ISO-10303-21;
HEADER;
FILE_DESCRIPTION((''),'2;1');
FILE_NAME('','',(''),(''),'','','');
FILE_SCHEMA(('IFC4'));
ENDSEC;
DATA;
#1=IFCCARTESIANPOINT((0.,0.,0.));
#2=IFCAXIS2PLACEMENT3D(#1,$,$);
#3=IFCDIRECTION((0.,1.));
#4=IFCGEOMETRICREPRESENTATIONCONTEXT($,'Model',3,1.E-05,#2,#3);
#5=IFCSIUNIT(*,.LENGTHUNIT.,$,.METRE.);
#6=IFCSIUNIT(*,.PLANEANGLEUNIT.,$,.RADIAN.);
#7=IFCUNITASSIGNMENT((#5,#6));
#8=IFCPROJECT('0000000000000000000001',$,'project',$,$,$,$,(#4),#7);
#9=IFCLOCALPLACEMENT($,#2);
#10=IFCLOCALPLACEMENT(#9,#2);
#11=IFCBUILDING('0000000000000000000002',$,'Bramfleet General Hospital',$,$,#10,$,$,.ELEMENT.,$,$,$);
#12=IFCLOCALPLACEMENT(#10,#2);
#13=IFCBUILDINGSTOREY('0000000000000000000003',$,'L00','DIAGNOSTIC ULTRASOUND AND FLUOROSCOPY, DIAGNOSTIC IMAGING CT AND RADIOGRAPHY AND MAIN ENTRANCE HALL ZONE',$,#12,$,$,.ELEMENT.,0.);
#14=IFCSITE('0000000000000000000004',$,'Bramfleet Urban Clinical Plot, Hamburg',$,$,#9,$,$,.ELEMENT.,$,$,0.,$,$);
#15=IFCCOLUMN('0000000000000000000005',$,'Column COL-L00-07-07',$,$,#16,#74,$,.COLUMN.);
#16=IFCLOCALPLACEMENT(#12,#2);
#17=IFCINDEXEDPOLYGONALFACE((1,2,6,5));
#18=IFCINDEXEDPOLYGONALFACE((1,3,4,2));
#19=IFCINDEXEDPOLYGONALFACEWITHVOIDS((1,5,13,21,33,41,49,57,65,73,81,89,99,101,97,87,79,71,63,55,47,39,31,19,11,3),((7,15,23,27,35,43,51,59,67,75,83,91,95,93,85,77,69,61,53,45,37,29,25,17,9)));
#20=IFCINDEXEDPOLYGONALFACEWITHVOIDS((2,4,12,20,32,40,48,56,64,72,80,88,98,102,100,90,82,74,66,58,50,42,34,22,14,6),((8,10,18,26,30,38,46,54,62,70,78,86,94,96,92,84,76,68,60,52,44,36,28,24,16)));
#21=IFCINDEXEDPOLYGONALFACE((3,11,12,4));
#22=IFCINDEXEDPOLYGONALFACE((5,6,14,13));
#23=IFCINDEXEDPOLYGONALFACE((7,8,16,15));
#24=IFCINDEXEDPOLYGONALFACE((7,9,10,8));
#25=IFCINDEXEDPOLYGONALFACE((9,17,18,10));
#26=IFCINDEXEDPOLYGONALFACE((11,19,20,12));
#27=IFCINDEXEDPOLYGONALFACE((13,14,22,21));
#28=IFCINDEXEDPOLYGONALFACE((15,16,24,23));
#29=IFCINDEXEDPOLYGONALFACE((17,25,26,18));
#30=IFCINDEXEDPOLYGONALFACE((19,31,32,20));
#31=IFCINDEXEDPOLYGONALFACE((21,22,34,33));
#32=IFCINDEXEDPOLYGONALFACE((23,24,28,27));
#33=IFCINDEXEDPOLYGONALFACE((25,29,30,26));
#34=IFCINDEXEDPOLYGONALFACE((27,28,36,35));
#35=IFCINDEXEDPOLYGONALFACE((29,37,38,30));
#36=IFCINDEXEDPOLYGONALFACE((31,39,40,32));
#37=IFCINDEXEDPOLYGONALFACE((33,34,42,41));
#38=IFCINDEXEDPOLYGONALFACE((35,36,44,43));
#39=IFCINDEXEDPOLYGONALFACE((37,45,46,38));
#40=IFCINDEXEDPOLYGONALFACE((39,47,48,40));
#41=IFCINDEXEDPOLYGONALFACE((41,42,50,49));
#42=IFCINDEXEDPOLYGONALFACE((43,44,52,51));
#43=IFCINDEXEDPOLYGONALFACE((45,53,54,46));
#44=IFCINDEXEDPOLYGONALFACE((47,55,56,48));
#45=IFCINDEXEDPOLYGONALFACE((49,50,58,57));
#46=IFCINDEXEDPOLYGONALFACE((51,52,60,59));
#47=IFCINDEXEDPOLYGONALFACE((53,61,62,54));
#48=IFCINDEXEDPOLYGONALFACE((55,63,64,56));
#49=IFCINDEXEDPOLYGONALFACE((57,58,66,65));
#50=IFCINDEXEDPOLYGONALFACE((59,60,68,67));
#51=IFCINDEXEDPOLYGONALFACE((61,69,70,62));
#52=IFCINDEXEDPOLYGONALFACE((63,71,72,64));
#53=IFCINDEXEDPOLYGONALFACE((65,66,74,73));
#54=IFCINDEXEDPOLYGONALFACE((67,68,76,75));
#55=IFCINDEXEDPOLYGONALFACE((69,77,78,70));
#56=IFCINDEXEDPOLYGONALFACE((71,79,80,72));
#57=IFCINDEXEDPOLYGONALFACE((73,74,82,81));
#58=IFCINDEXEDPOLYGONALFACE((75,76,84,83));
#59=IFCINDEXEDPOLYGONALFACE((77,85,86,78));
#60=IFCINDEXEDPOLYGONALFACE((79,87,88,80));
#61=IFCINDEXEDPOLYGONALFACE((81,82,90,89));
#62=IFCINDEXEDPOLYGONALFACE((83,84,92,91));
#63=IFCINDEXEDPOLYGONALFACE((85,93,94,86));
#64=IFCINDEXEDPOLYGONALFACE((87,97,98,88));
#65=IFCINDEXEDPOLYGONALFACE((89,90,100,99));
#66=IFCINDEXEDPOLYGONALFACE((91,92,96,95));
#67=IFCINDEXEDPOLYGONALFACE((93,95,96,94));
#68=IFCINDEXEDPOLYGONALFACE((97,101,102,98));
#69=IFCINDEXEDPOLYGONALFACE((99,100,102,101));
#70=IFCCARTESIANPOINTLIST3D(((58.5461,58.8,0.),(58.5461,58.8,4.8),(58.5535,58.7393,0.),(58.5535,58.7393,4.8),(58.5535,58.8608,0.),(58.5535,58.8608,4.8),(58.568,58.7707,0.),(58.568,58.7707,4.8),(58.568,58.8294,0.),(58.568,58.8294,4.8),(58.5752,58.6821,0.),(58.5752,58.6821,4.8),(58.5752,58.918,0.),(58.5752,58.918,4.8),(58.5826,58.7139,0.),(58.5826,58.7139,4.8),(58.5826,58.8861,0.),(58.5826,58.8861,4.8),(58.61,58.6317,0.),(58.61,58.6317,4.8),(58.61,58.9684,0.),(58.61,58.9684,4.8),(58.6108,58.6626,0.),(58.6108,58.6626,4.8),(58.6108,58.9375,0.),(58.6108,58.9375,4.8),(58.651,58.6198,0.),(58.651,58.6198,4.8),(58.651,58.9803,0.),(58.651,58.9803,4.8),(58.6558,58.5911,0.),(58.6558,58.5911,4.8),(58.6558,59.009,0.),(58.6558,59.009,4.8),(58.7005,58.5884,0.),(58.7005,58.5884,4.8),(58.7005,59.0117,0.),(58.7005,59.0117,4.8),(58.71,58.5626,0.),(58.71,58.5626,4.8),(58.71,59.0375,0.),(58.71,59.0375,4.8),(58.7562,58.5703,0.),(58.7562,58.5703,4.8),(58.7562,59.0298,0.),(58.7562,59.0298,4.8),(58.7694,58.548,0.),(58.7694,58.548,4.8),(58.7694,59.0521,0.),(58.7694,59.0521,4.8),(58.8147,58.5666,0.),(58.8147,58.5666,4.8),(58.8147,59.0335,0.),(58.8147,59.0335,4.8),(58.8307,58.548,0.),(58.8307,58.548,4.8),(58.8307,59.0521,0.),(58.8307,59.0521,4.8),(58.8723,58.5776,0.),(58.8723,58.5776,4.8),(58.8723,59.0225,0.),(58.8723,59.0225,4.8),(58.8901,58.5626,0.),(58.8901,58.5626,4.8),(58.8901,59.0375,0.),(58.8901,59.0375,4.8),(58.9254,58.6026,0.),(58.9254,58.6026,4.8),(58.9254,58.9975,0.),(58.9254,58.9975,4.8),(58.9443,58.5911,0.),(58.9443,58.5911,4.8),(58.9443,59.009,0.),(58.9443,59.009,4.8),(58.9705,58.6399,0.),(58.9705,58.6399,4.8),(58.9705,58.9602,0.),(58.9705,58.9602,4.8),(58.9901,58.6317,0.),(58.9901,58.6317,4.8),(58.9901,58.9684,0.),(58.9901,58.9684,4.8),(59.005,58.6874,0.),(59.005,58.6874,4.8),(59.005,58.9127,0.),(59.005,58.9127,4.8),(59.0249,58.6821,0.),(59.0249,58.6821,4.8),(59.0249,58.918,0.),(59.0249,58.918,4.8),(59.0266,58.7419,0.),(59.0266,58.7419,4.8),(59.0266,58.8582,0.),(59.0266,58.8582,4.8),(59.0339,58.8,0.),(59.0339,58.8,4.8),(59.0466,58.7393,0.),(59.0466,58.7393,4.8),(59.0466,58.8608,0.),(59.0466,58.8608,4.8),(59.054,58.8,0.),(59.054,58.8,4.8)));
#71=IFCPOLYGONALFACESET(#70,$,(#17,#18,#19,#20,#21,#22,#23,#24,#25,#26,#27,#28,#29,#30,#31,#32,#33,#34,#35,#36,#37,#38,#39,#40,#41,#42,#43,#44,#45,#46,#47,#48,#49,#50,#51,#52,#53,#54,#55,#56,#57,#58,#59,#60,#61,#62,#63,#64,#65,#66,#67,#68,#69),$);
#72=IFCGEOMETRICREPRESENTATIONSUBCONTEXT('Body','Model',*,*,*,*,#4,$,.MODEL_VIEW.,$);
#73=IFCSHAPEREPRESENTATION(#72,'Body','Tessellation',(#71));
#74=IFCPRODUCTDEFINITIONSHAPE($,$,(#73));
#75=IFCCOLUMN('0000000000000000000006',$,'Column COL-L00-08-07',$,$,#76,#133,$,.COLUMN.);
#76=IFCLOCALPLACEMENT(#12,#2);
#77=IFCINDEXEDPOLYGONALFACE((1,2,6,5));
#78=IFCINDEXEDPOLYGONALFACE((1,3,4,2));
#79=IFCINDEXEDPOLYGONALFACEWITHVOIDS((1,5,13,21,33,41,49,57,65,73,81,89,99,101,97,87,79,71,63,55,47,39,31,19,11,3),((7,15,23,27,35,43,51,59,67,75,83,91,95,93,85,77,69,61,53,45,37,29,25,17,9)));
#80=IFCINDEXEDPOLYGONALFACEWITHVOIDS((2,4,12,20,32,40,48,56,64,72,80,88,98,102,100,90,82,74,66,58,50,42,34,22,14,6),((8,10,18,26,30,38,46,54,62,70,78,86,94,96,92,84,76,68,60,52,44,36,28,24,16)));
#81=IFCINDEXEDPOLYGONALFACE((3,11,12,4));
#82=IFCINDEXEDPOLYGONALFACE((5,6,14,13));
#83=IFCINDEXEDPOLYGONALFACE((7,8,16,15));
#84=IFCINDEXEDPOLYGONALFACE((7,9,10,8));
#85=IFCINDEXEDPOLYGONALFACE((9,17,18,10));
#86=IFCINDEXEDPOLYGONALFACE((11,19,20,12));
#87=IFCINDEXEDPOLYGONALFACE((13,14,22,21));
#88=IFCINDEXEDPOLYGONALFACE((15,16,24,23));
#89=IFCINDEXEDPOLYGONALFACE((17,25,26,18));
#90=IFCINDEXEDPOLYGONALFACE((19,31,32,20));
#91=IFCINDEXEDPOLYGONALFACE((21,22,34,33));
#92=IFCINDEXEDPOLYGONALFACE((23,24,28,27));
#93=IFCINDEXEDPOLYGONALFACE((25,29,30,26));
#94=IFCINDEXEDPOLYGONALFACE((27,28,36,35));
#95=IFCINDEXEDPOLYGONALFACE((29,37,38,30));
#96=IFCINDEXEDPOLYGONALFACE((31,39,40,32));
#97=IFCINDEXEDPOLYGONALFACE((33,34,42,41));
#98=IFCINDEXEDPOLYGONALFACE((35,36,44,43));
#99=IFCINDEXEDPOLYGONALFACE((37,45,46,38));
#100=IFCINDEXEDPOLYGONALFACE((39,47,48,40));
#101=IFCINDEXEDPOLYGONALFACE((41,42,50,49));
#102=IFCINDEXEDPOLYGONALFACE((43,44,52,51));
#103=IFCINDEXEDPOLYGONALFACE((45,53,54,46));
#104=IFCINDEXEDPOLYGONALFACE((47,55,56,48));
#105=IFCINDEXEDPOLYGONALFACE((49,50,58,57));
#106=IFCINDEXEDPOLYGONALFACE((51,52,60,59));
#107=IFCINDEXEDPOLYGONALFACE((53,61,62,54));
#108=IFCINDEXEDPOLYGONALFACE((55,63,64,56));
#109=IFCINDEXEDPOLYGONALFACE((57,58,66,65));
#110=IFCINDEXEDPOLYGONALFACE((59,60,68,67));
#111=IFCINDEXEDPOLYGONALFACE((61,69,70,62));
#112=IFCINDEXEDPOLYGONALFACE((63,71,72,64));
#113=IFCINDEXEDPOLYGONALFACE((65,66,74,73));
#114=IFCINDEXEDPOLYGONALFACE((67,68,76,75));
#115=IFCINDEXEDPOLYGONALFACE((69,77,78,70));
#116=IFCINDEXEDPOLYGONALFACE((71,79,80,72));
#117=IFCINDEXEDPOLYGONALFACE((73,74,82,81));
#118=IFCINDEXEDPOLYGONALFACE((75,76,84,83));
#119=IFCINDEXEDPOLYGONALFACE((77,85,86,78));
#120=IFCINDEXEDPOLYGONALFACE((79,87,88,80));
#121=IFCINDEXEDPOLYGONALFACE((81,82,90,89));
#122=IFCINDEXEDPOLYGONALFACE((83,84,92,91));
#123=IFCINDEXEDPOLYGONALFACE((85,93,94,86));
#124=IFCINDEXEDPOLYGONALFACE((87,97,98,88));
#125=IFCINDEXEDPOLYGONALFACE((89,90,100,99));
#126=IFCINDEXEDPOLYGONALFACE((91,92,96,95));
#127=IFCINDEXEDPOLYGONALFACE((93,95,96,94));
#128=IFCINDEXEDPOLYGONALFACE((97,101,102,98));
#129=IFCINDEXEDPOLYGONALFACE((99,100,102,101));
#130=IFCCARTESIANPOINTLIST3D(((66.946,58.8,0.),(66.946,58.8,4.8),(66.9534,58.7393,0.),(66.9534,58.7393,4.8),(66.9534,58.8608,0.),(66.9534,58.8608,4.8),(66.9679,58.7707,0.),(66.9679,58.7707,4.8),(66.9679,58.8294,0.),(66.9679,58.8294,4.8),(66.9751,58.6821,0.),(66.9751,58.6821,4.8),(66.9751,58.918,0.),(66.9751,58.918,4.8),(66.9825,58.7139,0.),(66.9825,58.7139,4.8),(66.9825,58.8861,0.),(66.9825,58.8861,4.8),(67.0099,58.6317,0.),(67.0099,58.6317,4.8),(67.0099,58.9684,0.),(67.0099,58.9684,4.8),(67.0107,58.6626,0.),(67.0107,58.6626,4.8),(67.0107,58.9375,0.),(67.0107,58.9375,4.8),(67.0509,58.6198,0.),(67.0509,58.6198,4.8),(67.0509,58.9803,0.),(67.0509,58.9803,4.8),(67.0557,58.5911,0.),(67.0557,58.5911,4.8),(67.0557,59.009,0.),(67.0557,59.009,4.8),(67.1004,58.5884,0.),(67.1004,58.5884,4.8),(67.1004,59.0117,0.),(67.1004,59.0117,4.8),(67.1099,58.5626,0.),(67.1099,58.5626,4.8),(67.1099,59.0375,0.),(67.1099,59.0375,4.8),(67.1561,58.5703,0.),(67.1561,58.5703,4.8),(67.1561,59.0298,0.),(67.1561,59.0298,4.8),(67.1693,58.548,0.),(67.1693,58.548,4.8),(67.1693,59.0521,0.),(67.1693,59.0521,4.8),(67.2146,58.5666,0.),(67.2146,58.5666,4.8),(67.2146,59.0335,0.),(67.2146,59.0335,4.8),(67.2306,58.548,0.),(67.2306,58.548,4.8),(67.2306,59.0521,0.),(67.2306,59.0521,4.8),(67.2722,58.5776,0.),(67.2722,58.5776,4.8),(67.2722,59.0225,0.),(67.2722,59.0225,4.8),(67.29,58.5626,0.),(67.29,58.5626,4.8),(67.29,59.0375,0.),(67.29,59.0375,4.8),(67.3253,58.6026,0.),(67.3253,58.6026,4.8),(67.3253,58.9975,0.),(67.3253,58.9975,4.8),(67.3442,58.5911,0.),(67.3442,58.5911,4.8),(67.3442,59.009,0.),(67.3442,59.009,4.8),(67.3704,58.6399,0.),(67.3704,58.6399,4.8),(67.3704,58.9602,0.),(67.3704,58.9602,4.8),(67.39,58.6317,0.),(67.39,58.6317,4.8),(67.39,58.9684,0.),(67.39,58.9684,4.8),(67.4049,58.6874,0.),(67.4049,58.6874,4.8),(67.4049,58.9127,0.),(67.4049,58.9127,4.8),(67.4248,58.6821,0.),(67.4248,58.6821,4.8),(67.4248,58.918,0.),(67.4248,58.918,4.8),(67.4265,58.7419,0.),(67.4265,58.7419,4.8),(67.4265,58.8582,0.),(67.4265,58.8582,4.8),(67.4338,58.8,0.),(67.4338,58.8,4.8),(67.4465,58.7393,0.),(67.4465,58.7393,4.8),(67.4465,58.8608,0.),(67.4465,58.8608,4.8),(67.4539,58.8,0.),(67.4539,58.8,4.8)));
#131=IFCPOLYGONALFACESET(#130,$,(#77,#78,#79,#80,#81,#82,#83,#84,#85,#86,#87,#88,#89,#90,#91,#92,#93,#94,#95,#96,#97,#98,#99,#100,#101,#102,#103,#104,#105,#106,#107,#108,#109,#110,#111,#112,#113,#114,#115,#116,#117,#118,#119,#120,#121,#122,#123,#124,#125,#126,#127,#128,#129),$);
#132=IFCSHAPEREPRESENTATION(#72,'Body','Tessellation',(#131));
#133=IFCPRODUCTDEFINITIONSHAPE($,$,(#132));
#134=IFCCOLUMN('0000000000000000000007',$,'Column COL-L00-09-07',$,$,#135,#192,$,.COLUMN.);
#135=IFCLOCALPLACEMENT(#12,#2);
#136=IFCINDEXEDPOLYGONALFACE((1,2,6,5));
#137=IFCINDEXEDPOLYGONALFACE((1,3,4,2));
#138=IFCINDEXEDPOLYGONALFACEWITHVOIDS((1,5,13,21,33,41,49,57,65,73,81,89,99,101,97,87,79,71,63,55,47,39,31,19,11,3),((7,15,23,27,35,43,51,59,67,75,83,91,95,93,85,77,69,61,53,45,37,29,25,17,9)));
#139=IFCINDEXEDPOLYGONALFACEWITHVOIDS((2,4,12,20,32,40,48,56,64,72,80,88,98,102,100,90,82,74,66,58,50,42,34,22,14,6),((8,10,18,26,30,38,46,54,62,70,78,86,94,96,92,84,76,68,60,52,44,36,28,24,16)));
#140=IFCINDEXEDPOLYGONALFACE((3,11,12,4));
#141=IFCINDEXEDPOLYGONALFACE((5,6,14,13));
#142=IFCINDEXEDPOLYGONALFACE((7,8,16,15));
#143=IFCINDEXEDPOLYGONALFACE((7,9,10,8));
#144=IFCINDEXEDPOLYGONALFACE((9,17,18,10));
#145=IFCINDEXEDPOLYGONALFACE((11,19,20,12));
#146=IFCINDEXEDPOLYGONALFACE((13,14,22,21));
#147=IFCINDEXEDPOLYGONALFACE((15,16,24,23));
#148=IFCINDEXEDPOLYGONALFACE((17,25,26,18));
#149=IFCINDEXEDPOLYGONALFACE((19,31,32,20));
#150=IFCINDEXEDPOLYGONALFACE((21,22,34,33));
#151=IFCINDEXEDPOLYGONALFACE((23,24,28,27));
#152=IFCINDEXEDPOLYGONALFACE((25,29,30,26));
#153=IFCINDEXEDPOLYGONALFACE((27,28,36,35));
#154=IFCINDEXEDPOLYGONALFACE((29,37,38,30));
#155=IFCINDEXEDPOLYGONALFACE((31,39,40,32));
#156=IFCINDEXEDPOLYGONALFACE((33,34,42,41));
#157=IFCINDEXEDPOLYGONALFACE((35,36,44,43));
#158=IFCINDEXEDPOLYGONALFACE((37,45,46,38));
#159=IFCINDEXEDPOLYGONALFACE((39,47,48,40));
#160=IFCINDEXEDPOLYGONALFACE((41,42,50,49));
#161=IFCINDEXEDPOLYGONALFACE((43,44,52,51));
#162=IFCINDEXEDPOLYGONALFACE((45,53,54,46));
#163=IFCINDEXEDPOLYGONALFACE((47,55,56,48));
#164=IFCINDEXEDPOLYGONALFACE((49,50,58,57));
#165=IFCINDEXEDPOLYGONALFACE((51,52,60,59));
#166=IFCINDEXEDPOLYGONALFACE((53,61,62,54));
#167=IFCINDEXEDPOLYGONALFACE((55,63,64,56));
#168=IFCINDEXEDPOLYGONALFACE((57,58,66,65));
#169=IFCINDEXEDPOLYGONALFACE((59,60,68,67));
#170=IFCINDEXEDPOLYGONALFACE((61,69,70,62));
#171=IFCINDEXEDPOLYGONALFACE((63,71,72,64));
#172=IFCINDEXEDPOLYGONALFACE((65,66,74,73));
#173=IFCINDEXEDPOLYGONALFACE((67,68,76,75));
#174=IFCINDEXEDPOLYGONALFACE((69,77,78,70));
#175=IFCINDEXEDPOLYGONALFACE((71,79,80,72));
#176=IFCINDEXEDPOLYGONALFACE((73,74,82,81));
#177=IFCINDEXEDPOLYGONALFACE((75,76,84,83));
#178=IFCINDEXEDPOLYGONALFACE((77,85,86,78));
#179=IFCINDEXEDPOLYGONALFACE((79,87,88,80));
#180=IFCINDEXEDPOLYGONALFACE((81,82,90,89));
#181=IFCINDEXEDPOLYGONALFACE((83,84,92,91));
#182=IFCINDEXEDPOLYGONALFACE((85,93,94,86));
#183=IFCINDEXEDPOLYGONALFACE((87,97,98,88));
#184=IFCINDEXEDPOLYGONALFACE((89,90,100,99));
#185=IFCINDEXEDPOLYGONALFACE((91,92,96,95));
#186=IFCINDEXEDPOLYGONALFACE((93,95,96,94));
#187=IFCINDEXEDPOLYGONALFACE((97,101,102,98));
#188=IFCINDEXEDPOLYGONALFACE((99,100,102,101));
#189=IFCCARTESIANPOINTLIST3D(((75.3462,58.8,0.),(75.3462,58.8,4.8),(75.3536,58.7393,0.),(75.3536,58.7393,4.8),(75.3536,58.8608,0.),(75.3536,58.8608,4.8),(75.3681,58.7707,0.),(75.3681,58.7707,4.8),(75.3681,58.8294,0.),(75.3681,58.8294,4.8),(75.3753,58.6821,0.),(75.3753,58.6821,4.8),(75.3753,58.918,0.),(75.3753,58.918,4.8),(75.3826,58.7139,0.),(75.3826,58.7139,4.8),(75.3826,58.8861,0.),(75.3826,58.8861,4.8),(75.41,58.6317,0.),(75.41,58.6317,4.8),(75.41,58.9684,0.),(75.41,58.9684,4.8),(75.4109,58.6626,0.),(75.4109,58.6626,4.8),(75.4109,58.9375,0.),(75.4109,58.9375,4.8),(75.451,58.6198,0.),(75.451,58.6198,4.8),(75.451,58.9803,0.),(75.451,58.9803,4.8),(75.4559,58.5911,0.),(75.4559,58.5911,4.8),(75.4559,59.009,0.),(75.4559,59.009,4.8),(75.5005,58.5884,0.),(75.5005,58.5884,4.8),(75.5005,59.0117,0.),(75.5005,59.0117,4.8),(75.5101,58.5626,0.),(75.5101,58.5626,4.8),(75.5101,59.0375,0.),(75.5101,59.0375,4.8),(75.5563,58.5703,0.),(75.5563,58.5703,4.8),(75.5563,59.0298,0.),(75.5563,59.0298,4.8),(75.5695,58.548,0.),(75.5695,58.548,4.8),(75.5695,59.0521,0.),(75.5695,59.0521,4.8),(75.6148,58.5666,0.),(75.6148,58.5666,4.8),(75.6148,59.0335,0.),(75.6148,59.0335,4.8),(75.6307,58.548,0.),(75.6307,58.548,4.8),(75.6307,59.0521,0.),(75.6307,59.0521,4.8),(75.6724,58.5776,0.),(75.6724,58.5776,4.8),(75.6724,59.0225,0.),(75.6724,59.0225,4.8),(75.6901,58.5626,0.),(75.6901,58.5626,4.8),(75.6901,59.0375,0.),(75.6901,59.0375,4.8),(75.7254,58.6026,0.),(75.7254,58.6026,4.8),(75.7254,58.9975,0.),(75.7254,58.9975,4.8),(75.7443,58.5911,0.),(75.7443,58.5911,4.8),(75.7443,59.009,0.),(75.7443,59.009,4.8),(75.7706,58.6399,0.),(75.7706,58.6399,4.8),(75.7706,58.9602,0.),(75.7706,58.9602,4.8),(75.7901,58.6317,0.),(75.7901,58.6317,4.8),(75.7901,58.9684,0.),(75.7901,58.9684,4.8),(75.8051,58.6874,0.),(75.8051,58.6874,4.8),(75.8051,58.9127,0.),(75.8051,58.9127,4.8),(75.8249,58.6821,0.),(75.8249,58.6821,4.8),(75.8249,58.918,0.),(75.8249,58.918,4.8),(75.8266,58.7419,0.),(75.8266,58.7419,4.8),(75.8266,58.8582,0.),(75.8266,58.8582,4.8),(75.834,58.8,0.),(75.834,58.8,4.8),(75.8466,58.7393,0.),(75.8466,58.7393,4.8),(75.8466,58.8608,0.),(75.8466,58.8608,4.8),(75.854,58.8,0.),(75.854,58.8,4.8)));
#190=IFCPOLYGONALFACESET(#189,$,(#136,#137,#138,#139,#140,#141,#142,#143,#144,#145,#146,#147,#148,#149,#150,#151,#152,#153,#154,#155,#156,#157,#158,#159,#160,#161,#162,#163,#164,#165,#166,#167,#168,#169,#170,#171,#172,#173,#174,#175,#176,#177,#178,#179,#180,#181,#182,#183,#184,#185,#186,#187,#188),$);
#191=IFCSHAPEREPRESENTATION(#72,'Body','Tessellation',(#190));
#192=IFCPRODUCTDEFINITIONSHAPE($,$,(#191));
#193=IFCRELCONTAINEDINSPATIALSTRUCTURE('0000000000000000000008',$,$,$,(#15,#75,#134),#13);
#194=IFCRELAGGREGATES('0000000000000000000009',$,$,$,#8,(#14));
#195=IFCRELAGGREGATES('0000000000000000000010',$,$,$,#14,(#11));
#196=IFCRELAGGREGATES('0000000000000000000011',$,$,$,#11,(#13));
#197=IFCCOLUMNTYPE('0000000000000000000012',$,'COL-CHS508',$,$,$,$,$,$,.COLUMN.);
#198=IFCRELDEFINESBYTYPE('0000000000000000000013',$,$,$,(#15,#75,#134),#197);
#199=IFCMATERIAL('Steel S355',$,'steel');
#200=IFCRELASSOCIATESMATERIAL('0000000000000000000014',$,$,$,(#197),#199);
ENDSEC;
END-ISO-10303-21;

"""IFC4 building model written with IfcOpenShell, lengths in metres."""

from ifc_helpers import new_model, si_unit, direction, frame, origin, origin_2d, place, context, subcontext, project, spatial, hollow_circle, extrude, material, material_profile, profile_set, type_object, element, save


model = new_model("IFC4")

# Units and contexts
model_context = context("Model", 3, precision=1e-05, world=origin(), true_north=direction((0.0, 1.0)))
body_context = subcontext(model_context, "Body", "Model", "MODEL_VIEW")
ifc_project = project(units=[si_unit("LENGTHUNIT", "METRE"), si_unit("PLANEANGLEUNIT", "RADIAN")], contexts=[model_context])

# Site, building, storey
site_placement = place(None, origin())
site = spatial("IfcSite", under=ifc_project, at=site_placement, Name="Bramfleet Urban Clinical Plot, Hamburg", CompositionType="ELEMENT", RefElevation=0.0)
building_placement = place(site_placement, origin())
building = spatial("IfcBuilding", under=site, at=building_placement, Name="Bramfleet General Hospital", CompositionType="ELEMENT")
storey_placement = place(building_placement, origin())
storey = spatial("IfcBuildingStorey", under=building, at=storey_placement, Name="L00", Description="DIAGNOSTIC ULTRASOUND AND FLUOROSCOPY, DIAGNOSTIC IMAGING CT AND RADIOGRAPHY AND MAIN ENTRANCE HALL ZONE", CompositionType="ELEMENT", Elevation=0.0)

# Columns
ifc_material_1 = material(Name="Steel S355", Category="steel")
ifc_material_profile_1 = material_profile(ifc_material_1, hollow_circle(Radius=0.2539, WallThickness=0.02, at=origin_2d()), Name="CHS 508.0x20.0")
ifc_profile_set_1 = profile_set([ifc_material_profile_1], Name="Steel S355")
column_type_1 = type_object("IfcColumnType", Name="COL-CHS508", PredefinedType="COLUMN", material=ifc_profile_set_1)
for number, where, z_axis, x_axis, name in (
    (1, (58.8, 58.8, 0.0), (0.0, 0.0, 1.0), (1.0, 0.0, 0.0), "Column COL-L00-07-07"),
    (2, (67.2, 58.8, 0.0), (0.0, 0.0, 1.0), (1.0, 0.0, 0.0), "Column COL-L00-08-07"),
    (3, (75.6001, 58.8, 0.0), (0.0, 0.0, 1.0), (1.0, 0.0, 0.0), "Column COL-L00-09-07"),
):
    element("IfcColumn", number, at=place(storey_placement, frame(where, z_axis=z_axis, x_axis=x_axis)), inside=storey, type_object=column_type_1, Name=name, PredefinedType="COLUMN", context=body_context, shape_type="SweptSolid", body=[
        extrude(hollow_circle(Radius=0.2539, WallThickness=0.02, at=origin_2d()), origin(), (0.0, 0.0, 1.0), 4.8),
    ])

save(model, "model.ifc")
